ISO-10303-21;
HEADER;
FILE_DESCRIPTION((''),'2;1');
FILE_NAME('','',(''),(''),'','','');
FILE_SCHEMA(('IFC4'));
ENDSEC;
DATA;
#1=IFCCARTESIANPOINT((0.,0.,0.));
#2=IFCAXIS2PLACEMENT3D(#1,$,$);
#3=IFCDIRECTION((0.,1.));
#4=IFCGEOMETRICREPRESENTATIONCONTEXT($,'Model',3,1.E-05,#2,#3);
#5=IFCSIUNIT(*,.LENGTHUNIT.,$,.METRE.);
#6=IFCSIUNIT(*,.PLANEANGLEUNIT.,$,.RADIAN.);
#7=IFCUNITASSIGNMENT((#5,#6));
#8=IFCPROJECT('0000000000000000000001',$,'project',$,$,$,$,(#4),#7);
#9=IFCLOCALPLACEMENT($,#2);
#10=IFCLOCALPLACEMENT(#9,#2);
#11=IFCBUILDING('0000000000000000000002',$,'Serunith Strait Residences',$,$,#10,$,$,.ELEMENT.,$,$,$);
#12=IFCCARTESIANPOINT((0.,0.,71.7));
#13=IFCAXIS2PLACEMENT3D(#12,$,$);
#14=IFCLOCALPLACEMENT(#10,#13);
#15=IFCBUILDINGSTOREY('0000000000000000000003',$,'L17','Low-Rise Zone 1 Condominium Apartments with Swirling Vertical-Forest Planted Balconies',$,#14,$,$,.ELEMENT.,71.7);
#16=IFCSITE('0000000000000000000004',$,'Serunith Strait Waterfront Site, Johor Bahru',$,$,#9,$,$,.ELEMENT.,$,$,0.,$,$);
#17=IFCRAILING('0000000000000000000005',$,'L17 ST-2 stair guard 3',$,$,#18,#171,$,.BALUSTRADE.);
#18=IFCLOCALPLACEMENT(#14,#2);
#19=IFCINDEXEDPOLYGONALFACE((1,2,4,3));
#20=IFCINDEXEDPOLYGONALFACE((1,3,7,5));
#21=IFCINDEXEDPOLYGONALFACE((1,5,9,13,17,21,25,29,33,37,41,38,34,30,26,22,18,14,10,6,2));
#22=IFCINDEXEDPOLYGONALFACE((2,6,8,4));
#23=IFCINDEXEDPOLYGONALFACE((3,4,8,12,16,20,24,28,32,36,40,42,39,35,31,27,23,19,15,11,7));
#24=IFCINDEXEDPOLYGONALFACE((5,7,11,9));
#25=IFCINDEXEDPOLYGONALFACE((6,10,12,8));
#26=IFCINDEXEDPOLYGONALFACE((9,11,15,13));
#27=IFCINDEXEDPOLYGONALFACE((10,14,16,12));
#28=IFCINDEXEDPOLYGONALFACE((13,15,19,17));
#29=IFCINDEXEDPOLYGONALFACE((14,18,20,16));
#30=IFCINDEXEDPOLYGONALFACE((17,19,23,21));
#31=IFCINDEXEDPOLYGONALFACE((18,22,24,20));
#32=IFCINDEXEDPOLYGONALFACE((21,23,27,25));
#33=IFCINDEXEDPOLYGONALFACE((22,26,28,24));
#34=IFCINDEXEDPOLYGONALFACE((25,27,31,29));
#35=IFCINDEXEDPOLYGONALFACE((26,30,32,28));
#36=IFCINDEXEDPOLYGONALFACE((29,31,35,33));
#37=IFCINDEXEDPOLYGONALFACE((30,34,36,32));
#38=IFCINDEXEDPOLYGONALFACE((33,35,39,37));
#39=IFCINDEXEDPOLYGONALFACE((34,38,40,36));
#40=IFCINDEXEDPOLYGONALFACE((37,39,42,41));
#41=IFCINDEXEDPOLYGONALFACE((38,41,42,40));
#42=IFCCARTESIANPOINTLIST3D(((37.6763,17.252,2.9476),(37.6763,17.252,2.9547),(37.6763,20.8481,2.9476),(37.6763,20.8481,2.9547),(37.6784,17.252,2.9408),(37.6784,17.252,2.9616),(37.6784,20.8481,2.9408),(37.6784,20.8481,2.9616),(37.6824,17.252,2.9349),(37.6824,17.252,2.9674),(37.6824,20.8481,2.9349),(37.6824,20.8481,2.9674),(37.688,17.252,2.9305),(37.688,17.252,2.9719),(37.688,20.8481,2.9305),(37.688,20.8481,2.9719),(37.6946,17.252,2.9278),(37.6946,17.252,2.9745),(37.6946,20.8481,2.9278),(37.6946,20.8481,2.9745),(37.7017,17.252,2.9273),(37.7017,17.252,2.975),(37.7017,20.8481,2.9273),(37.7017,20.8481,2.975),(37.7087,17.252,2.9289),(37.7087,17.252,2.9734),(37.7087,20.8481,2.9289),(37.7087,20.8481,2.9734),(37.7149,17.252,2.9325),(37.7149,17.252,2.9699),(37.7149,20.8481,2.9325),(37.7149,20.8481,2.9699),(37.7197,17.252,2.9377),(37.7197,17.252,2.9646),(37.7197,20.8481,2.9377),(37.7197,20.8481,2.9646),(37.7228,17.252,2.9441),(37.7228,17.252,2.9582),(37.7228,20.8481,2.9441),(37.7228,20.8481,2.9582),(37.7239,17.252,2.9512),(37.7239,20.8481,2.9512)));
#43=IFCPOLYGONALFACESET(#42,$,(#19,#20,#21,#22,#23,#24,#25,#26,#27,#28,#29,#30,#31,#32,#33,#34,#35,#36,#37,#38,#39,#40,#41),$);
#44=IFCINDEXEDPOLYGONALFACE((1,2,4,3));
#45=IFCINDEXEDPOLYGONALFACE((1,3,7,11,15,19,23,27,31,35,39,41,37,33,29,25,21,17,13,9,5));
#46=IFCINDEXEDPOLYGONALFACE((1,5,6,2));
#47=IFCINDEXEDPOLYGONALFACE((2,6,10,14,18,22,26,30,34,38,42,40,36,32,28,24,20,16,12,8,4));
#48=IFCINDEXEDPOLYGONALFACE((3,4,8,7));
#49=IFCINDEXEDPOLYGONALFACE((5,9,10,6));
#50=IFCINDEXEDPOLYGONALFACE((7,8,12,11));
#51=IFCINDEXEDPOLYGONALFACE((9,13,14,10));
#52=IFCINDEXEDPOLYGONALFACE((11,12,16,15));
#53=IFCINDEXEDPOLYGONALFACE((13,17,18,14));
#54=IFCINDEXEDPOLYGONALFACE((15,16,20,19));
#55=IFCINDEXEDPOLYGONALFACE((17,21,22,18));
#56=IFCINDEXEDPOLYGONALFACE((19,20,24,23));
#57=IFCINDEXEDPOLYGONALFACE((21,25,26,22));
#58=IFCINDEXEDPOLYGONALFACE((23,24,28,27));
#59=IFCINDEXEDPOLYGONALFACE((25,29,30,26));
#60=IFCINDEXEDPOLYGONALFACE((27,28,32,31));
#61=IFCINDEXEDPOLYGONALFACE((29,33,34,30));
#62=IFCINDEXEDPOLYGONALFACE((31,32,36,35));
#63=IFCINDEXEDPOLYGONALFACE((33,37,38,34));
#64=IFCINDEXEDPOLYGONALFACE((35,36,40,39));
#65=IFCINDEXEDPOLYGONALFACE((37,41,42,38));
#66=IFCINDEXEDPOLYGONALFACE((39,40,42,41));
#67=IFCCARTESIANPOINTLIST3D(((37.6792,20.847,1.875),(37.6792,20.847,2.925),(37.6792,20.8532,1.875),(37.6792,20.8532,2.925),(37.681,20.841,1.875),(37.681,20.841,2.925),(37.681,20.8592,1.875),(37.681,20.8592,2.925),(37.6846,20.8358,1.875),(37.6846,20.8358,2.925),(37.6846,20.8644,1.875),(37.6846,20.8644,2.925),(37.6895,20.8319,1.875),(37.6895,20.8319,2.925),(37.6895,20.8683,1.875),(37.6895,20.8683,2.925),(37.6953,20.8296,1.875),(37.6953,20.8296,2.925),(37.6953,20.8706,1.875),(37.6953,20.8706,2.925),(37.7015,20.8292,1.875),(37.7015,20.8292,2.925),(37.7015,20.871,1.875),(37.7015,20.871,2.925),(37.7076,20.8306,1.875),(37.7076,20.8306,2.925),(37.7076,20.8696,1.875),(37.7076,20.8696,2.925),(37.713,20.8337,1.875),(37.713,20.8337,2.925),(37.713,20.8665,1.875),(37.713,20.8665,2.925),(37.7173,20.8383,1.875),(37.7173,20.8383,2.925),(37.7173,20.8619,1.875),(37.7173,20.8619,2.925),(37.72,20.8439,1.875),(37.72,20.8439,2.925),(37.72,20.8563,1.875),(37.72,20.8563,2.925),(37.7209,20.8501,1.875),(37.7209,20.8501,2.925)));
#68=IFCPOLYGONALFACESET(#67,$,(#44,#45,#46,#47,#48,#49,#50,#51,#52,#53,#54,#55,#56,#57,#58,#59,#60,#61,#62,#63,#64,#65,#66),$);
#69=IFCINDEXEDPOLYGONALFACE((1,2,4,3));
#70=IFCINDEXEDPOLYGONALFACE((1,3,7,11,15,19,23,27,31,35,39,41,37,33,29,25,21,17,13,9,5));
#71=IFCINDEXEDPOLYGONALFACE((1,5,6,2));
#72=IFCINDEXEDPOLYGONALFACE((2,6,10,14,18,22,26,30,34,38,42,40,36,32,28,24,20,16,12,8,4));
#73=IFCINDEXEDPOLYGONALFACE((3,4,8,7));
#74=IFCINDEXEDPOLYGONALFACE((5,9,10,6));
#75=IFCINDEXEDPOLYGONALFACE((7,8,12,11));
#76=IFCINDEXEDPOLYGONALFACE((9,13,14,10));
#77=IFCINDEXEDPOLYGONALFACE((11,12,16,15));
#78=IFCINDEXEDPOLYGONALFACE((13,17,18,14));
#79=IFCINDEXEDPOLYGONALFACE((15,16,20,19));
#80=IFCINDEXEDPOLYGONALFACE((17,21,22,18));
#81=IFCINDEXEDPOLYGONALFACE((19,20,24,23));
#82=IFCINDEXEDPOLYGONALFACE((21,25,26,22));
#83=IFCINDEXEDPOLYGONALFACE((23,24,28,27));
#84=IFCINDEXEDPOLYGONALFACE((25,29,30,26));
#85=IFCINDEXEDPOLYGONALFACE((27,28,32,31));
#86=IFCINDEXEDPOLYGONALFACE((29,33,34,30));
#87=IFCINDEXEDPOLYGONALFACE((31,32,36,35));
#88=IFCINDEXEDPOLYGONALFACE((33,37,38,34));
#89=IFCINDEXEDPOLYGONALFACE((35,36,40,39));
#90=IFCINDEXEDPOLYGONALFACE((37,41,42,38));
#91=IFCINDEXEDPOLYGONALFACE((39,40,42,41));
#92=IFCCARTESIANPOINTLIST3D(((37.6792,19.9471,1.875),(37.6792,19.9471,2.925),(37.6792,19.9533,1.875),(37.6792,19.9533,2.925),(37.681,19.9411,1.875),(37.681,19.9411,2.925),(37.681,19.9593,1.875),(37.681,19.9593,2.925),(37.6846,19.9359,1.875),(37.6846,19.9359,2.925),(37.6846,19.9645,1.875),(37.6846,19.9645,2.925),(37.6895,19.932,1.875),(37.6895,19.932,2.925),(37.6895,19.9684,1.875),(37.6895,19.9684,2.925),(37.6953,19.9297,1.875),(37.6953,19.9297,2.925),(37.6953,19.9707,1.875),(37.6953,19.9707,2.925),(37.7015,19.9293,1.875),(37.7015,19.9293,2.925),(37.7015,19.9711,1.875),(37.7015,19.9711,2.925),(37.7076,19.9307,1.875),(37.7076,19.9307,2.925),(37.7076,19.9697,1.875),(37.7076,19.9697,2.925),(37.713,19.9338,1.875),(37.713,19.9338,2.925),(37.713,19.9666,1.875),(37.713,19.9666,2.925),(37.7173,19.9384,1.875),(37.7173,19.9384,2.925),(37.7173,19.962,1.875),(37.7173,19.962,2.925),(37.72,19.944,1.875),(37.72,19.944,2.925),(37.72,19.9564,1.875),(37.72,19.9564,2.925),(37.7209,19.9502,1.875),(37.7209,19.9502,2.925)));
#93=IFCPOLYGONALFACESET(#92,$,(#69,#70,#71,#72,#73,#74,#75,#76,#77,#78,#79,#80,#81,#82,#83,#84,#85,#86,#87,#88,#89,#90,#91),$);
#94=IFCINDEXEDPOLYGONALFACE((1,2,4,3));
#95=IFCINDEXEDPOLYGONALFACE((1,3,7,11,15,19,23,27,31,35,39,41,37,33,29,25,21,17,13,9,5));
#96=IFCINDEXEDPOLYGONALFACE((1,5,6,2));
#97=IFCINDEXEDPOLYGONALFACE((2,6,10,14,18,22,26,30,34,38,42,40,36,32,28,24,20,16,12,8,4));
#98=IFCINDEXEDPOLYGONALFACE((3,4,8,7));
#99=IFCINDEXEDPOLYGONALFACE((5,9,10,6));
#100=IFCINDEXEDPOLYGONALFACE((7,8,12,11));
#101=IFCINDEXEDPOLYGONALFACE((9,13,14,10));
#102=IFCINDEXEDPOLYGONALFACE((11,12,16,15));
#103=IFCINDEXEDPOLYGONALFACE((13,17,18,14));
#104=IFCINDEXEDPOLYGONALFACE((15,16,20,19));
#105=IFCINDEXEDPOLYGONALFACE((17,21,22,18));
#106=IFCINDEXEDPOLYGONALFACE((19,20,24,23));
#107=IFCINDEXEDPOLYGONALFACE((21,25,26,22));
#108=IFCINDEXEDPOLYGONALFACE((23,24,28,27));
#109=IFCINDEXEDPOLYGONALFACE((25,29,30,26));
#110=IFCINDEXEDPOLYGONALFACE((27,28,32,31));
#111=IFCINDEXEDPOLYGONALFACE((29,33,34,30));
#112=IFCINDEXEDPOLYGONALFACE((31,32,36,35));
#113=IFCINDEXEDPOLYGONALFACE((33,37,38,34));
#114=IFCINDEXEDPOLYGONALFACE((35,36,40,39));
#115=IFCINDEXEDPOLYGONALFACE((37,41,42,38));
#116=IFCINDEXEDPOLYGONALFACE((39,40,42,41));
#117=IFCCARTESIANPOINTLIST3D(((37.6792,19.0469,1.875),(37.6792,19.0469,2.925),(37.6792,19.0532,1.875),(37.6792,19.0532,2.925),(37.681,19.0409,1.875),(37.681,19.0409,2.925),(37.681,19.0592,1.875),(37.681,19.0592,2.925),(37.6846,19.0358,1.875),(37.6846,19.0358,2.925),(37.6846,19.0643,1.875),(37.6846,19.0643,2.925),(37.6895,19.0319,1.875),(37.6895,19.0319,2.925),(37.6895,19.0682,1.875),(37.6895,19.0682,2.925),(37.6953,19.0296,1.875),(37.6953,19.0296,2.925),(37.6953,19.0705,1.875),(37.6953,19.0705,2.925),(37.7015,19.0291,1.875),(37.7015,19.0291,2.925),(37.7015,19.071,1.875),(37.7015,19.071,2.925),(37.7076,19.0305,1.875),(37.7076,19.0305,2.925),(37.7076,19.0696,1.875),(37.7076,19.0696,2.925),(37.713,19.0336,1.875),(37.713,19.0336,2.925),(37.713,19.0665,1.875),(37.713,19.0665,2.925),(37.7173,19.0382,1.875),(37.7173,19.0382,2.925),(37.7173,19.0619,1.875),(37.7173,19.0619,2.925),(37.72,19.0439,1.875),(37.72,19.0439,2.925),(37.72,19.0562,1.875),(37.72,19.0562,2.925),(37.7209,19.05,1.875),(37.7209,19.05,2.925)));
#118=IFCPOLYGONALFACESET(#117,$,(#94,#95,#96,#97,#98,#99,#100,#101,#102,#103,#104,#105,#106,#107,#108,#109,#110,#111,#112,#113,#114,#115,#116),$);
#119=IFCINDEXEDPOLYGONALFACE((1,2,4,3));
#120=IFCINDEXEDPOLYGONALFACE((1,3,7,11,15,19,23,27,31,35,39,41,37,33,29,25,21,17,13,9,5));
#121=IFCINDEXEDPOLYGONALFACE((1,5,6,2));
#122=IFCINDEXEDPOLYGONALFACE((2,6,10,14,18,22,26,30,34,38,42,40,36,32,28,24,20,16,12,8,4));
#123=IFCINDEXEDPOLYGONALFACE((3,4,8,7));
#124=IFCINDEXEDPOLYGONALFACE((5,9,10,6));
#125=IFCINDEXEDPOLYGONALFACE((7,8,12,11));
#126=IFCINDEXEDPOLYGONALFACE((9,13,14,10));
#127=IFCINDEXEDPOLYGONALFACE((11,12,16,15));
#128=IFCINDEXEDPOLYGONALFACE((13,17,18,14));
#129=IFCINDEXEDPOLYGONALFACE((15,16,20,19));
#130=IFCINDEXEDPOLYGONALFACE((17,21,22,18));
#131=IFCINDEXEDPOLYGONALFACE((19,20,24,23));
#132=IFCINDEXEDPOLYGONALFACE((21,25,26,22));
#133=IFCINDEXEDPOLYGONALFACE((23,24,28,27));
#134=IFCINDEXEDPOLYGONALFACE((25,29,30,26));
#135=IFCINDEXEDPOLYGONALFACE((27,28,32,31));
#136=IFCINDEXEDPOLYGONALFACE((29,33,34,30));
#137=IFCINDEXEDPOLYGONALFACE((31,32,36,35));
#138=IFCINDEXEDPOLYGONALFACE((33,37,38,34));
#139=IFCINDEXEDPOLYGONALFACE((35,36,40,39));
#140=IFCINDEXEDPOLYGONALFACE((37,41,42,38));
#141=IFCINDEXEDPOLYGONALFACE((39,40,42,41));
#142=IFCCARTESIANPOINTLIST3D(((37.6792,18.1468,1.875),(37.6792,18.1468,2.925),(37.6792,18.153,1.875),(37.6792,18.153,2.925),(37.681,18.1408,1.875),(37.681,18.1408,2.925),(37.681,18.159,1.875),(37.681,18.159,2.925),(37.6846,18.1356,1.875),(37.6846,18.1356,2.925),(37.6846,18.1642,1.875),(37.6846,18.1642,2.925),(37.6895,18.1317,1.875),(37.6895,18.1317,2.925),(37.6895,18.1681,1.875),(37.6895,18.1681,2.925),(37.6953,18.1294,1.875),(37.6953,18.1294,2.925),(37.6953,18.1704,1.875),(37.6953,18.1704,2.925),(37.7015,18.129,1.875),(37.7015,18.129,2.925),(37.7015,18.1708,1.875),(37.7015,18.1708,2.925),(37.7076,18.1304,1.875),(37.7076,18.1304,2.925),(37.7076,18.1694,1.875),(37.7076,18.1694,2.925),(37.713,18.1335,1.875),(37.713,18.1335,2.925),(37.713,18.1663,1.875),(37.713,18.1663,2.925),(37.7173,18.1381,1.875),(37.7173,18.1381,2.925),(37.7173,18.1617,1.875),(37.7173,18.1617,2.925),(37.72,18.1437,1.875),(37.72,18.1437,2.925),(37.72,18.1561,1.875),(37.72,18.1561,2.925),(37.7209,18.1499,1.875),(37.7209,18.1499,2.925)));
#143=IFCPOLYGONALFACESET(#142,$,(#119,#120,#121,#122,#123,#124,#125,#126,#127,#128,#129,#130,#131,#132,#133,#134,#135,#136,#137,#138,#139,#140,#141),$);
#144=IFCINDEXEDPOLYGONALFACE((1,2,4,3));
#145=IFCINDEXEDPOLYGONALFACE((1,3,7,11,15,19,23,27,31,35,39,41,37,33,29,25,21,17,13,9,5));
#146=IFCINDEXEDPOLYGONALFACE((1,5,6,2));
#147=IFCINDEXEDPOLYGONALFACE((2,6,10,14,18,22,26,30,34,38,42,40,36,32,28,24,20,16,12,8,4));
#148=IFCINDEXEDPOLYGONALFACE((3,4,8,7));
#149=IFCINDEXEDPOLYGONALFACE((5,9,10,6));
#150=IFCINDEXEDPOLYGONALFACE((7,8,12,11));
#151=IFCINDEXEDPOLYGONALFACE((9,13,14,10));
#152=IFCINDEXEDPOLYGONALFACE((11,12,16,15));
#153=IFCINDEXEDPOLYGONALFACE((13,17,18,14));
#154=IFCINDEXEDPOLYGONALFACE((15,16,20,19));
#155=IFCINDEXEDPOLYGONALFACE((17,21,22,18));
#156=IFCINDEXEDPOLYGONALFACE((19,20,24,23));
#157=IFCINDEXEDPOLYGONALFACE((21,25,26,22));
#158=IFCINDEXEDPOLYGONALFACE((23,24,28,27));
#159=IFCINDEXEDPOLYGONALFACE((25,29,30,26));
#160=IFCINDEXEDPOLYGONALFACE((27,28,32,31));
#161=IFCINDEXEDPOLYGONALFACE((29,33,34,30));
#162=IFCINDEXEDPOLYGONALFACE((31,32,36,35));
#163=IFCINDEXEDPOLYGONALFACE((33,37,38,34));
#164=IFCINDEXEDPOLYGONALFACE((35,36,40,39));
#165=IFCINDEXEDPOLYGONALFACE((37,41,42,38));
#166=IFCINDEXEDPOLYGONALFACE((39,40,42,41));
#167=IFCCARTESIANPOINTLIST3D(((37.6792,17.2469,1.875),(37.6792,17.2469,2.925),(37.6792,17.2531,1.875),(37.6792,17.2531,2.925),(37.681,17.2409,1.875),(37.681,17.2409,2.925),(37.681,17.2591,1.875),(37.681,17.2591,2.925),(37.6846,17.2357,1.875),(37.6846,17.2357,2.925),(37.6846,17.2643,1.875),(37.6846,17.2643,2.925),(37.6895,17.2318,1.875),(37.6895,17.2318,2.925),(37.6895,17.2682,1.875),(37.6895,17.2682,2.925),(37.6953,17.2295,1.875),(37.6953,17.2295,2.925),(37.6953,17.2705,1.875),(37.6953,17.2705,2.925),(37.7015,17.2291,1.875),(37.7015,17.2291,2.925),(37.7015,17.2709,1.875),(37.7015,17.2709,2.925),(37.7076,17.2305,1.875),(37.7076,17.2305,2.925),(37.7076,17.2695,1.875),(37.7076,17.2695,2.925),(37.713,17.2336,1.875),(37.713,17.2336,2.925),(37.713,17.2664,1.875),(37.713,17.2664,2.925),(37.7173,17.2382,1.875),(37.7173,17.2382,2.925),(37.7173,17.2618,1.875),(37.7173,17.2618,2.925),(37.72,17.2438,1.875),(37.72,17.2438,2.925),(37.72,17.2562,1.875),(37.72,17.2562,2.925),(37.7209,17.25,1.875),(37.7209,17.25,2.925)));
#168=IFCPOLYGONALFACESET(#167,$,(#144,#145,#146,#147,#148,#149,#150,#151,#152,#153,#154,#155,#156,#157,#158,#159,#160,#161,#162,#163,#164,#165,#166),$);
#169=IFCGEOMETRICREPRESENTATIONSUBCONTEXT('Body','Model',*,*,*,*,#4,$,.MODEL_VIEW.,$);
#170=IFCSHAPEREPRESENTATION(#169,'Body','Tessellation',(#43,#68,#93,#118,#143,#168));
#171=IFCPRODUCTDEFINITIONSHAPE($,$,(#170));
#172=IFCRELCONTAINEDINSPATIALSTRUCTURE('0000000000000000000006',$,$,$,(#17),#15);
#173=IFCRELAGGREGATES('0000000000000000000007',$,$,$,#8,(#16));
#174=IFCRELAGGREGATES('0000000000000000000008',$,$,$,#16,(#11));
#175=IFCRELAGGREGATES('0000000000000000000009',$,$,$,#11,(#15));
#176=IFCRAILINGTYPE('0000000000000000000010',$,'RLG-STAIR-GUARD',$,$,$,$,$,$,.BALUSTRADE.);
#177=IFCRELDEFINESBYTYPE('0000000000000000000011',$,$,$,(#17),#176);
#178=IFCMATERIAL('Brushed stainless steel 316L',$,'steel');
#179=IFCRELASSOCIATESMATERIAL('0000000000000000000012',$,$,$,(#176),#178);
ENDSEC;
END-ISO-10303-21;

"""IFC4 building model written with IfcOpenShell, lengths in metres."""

from ifc_helpers import new_model, si_unit, direction, frame, origin, origin_2d, place, context, subcontext, project, spatial, circle, extrude, material, type_object, element, save


model = new_model("IFC4")

# Units and contexts
model_context = context("Model", 3, precision=1e-05, world=origin(), true_north=direction((0.0, 1.0)))
body_context = subcontext(model_context, "Body", "Model", "MODEL_VIEW")
ifc_project = project(units=[si_unit("LENGTHUNIT", "METRE"), si_unit("PLANEANGLEUNIT", "RADIAN")], contexts=[model_context])

# Site, building, storey
site_placement = place(None, origin())
site = spatial("IfcSite", under=ifc_project, at=site_placement, Name="Serunith Strait Waterfront Site, Johor Bahru", CompositionType="ELEMENT", RefElevation=0.0)
building_placement = place(site_placement, origin())
building = spatial("IfcBuilding", under=site, at=building_placement, Name="Serunith Strait Residences", CompositionType="ELEMENT")
storey_placement = place(building_placement, frame((0.0, 0.0, 71.7)))
storey = spatial("IfcBuildingStorey", under=building, at=storey_placement, Name="L17", Description="Low-Rise Zone 1 Condominium Apartments with Swirling Vertical-Forest Planted Balconies", CompositionType="ELEMENT", Elevation=71.7)

# Railing
ifc_material_1 = material(Name="Brushed stainless steel 316L", Category="steel")
railing_type_1 = type_object("IfcRailingType", Name="RLG-STAIR-GUARD", PredefinedType="BALUSTRADE", material=ifc_material_1)
for number, where, name in (
    (1, (37.7, 20.8501, 1.875), "L17 ST-2 stair guard 3"),
):
    element("IfcRailing", number, at=place(storey_placement, frame(where)), inside=storey, type_object=railing_type_1, Name=name, PredefinedType="BALUSTRADE", context=body_context, shape_type="SweptSolid", body=[
        extrude(circle(Radius=0.0239, at=origin_2d()), frame((0.0, -0.002, 1.0762), z_axis=(0.0, -1.0, 0.0), x_axis=(1.0, 0.0, 0.0)), (0.0, 0.0, 1.0), 3.5962),
        extrude(circle(Radius=0.021, at=origin_2d()), origin(), (0.0, 0.0, 1.0), 1.05),
        extrude(circle(Radius=0.021, at=origin_2d()), frame((0.0, -0.8999, 0.0)), (0.0, 0.0, 1.0), 1.05),
        extrude(circle(Radius=0.021, at=origin_2d()), frame((0.0, -1.8, 0.0)), (0.0, 0.0, 1.0), 1.05),
        extrude(circle(Radius=0.021, at=origin_2d()), frame((0.0, -2.7002, 0.0)), (0.0, 0.0, 1.0), 1.05),
        extrude(circle(Radius=0.021, at=origin_2d()), frame((0.0, -3.6001, 0.0)), (0.0, 0.0, 1.0), 1.05),
    ])

save(model, "model.ifc")
